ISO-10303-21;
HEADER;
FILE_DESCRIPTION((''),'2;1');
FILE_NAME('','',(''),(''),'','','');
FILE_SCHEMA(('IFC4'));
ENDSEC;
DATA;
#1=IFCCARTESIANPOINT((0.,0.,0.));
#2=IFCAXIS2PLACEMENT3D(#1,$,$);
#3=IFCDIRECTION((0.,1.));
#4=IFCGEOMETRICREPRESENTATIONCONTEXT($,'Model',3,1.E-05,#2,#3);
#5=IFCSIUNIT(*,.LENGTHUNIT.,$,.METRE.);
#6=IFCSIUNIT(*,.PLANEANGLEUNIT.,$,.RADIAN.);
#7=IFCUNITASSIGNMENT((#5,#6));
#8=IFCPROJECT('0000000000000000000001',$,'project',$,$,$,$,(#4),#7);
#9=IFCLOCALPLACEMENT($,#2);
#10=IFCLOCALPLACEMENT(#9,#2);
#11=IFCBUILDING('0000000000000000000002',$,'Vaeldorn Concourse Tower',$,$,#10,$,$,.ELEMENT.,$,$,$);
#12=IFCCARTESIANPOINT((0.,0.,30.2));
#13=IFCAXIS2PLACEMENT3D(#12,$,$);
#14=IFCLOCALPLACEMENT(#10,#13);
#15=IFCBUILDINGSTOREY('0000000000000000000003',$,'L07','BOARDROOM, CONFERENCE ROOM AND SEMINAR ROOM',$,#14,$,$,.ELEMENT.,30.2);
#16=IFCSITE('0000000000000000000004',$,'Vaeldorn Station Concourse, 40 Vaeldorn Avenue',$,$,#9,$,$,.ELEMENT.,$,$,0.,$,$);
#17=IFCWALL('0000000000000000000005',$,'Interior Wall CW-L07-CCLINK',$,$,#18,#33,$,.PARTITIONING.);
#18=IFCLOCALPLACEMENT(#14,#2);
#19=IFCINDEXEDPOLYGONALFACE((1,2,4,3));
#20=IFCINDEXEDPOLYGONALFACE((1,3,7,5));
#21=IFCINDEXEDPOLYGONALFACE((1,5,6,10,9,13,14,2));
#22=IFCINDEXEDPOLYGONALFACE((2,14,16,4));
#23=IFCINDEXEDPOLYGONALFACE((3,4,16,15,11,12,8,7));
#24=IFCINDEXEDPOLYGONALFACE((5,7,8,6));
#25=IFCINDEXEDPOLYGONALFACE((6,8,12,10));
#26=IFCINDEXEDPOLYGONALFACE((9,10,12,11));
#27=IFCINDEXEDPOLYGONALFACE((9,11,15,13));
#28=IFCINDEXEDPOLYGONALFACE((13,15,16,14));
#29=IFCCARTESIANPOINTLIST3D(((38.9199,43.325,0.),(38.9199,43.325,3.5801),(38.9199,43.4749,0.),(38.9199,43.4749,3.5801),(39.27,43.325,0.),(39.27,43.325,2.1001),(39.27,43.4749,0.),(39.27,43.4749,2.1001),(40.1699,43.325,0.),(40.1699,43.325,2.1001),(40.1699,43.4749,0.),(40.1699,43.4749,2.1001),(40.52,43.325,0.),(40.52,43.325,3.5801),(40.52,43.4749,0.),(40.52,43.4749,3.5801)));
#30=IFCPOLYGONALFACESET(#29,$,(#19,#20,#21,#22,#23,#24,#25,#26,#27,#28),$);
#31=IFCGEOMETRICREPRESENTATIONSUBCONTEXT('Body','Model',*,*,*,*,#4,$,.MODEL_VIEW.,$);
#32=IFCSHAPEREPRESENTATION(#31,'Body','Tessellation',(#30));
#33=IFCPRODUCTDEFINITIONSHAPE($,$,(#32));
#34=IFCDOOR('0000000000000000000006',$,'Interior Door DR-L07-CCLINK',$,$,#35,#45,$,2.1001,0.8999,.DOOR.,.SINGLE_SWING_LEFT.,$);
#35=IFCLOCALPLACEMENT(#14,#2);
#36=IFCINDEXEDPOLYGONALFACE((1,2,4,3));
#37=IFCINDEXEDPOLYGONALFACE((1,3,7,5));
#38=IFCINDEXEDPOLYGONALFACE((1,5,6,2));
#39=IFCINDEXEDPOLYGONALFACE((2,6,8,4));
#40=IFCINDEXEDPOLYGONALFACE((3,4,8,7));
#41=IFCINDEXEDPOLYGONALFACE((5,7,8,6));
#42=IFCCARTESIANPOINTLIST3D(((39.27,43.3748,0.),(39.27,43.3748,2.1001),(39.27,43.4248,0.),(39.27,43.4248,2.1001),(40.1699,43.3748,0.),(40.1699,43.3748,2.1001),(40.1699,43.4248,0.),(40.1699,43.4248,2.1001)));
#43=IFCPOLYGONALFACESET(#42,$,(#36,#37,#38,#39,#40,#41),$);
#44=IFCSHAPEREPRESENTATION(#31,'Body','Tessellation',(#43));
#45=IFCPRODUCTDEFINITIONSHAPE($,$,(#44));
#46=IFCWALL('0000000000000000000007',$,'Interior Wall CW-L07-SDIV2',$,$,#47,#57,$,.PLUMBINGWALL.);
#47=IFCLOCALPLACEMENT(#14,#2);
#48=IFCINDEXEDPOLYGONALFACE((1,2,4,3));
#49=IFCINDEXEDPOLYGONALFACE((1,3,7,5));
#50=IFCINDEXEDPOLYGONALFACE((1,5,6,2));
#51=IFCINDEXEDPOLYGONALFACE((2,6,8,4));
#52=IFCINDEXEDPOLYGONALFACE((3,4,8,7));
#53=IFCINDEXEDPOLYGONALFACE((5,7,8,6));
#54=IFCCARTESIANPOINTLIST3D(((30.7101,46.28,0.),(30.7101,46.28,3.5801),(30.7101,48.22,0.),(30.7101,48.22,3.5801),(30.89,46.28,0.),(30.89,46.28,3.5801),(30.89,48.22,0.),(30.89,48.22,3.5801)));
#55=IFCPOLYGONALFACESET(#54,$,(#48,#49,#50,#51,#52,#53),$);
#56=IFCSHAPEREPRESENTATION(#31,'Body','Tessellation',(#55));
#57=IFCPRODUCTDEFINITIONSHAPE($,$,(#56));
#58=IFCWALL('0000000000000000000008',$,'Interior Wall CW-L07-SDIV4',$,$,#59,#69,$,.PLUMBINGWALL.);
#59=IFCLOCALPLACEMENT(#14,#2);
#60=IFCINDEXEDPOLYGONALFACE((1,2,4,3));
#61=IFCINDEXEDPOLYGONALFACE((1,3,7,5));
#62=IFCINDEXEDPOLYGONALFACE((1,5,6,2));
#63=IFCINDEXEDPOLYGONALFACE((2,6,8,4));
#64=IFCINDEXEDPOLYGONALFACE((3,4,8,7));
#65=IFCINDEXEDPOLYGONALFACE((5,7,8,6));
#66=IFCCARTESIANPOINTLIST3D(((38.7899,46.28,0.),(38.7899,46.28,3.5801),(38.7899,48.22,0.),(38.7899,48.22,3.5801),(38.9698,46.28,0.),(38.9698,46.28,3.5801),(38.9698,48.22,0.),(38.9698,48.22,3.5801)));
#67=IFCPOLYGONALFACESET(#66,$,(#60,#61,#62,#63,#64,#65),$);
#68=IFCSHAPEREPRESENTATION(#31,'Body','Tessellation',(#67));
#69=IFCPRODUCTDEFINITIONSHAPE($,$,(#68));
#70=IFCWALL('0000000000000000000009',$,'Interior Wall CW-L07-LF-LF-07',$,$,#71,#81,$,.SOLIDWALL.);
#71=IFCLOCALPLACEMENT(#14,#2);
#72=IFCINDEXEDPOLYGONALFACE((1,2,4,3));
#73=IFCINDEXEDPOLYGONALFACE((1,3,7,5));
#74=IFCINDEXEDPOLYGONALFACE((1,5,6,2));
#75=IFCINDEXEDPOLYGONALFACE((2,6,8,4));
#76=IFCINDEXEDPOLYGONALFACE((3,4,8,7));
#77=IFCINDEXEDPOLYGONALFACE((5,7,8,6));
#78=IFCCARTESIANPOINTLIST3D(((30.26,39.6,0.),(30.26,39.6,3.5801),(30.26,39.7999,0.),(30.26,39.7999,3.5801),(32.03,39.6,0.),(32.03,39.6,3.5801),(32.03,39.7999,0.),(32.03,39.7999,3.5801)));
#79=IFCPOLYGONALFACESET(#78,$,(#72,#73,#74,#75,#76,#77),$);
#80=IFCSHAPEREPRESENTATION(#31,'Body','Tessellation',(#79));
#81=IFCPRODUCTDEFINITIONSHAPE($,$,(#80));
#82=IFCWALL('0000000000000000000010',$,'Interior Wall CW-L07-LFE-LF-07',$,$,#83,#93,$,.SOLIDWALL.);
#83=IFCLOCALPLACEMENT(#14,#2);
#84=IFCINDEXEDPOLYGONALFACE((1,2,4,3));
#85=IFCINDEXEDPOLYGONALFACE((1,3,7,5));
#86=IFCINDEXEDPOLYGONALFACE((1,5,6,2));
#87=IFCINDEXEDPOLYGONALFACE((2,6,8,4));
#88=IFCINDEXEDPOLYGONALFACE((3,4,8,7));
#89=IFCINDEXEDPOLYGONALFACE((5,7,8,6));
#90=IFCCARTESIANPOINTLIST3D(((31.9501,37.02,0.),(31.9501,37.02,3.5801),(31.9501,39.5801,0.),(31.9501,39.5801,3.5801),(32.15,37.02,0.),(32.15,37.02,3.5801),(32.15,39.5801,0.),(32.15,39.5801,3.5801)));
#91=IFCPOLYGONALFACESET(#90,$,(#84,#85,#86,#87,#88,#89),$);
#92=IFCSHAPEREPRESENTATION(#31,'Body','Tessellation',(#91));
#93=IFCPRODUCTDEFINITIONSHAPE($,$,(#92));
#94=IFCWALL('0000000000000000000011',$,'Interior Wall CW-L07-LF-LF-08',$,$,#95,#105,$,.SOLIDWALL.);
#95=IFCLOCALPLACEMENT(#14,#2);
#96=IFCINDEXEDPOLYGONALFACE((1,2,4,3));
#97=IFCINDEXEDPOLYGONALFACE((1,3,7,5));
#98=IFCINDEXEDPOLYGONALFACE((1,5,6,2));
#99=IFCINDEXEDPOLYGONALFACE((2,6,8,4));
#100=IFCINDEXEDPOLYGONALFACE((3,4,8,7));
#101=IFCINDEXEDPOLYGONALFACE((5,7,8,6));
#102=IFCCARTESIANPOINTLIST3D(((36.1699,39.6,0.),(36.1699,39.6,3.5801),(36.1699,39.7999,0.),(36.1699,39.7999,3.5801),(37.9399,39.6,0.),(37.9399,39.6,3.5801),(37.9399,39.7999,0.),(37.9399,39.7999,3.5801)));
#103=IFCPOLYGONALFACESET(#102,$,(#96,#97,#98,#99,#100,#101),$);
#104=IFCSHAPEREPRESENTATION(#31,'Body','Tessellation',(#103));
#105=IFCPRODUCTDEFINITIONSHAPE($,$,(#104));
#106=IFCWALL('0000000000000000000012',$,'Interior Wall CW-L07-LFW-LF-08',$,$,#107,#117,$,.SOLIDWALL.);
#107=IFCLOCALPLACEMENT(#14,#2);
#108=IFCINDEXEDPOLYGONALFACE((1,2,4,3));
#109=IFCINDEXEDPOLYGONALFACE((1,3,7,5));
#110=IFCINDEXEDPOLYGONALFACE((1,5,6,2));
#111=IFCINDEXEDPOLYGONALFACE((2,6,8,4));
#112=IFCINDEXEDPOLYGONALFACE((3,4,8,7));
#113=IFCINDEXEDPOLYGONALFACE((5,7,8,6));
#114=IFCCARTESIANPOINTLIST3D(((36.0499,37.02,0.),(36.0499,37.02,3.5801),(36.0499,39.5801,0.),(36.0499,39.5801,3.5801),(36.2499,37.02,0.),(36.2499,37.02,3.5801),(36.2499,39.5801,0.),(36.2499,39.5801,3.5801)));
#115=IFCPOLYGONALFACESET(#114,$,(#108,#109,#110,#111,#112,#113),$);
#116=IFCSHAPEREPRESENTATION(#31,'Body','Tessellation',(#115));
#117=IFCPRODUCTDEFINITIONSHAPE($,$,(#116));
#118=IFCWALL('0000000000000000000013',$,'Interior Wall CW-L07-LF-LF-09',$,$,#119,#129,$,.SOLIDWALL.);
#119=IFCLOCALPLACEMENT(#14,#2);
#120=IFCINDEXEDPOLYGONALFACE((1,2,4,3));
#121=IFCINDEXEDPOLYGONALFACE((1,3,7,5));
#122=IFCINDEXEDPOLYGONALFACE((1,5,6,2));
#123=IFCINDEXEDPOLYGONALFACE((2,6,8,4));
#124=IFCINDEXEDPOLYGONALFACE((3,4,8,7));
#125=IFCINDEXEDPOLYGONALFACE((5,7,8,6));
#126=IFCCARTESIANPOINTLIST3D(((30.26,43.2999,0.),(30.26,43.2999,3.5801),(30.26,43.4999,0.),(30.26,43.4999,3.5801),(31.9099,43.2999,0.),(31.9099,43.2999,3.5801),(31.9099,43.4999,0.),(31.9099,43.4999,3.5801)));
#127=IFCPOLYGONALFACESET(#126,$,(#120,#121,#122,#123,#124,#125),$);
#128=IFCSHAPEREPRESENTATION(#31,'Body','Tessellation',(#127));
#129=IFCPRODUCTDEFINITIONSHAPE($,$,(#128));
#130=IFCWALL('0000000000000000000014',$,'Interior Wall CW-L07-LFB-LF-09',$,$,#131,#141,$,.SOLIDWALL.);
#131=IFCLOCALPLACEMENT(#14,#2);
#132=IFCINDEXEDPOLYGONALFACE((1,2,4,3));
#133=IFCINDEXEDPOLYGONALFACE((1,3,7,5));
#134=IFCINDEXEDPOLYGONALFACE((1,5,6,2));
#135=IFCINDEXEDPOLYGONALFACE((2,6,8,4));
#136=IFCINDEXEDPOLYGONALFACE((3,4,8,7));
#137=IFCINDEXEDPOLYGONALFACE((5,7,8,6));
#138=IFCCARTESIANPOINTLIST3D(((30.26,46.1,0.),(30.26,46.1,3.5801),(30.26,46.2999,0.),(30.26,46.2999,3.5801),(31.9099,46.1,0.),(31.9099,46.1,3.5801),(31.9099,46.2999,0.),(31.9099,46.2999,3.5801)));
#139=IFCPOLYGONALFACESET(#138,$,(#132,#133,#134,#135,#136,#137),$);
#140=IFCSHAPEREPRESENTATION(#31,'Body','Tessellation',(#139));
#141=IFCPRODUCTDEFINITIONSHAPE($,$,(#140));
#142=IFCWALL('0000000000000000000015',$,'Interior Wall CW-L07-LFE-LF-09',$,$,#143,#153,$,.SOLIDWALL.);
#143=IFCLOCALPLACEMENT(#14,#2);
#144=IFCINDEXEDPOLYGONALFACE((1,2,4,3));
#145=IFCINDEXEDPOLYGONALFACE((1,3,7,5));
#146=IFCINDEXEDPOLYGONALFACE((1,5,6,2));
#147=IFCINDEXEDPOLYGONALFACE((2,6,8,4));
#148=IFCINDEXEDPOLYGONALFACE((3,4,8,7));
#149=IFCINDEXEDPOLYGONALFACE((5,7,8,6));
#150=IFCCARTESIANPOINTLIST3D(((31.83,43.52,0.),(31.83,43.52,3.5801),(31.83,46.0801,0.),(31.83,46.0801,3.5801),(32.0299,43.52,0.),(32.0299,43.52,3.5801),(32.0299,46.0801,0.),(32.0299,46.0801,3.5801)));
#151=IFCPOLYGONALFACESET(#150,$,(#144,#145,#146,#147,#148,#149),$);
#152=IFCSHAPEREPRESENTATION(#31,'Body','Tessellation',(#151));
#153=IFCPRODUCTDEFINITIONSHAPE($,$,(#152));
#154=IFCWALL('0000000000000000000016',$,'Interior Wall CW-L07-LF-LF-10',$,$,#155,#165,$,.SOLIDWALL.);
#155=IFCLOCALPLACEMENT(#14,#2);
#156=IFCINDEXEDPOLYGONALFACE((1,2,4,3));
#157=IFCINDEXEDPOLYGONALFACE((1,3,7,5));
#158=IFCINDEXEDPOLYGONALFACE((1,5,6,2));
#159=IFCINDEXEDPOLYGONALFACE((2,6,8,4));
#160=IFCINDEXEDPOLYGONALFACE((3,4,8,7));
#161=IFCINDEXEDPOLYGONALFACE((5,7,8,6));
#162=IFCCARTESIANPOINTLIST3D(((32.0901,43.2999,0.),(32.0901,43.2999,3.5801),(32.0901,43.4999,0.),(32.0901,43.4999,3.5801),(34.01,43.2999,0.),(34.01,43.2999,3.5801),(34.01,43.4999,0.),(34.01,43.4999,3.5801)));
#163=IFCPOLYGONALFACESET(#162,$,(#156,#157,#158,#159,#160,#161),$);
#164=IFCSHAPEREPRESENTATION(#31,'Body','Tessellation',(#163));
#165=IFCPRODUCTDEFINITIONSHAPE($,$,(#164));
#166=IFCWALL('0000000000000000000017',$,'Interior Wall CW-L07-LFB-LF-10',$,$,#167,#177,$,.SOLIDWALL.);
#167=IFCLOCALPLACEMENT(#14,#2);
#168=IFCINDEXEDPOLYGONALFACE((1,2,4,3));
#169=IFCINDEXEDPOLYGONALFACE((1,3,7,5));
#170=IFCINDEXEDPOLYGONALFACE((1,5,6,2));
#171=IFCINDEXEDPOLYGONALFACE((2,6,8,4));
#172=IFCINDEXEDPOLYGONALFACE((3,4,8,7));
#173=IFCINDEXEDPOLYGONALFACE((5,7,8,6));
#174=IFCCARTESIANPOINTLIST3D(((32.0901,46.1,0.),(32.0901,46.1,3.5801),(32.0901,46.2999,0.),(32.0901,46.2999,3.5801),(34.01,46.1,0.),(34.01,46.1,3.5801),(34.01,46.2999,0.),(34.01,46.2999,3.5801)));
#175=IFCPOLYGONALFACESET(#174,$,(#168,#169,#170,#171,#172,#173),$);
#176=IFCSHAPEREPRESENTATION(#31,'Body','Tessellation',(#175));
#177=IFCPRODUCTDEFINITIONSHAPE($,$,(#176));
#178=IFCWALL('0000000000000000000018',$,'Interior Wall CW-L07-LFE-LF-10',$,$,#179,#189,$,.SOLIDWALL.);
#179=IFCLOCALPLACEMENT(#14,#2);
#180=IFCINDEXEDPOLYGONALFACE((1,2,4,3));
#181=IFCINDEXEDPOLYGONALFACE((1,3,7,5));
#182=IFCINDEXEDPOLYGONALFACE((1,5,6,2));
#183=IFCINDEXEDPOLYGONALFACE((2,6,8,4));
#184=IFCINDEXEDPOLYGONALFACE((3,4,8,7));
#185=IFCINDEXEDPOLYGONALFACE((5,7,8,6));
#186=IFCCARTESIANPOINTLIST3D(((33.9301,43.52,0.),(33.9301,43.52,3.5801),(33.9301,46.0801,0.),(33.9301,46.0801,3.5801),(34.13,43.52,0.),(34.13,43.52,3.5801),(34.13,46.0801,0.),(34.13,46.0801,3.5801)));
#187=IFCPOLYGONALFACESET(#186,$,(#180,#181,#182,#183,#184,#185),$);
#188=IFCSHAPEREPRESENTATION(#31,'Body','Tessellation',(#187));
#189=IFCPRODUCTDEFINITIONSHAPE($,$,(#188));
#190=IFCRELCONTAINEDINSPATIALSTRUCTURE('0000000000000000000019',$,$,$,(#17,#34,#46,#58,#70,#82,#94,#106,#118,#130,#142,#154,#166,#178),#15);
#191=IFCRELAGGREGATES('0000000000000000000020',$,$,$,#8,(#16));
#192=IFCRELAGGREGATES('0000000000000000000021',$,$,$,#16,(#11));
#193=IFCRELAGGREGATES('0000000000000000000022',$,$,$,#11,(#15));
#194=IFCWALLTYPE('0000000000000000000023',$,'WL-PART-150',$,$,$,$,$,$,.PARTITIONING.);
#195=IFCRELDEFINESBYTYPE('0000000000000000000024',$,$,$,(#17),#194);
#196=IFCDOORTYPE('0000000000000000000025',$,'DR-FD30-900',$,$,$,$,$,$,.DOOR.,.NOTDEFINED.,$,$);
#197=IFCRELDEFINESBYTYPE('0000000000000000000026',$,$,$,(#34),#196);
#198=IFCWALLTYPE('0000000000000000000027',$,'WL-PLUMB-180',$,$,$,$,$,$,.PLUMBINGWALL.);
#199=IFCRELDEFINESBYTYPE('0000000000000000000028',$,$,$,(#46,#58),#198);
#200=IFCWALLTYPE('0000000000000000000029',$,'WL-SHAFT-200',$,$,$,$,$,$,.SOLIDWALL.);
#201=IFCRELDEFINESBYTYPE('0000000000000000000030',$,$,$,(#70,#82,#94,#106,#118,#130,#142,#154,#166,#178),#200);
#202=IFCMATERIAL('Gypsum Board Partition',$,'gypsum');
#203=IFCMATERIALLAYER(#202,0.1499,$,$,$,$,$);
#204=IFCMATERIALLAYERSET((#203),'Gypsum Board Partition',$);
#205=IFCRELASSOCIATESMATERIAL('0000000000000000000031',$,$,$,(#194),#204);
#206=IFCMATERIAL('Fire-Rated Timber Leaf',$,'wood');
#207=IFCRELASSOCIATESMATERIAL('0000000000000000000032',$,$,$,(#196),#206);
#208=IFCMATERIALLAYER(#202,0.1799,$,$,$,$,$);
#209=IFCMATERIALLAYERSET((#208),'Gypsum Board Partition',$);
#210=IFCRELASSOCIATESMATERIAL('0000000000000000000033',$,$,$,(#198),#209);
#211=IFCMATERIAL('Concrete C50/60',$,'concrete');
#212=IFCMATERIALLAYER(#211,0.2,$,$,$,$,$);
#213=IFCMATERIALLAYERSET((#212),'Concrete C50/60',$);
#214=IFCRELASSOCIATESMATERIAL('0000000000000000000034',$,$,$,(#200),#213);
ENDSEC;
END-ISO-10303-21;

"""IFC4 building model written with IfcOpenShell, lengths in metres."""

from ifc_helpers import new_model, si_unit, direction, frame, frame_2d, origin, place, context, subcontext, project, spatial, rectangle, extrude, source, transform, mapped, material, layer, layer_set, type_object, element, fill, save


model = new_model("IFC4")

# Units and contexts
model_context = context("Model", 3, precision=1e-05, world=origin(), true_north=direction((0.0, 1.0)))
body_context = subcontext(model_context, "Body", "Model", "MODEL_VIEW")
ifc_project = project(units=[si_unit("LENGTHUNIT", "METRE"), si_unit("PLANEANGLEUNIT", "RADIAN")], contexts=[model_context])

# Site, building, storey
site_placement = place(None, origin())
site = spatial("IfcSite", under=ifc_project, at=site_placement, Name="Vaeldorn Station Concourse, 40 Vaeldorn Avenue", CompositionType="ELEMENT", RefElevation=0.0)
building_placement = place(site_placement, origin())
building = spatial("IfcBuilding", under=site, at=building_placement, Name="Vaeldorn Concourse Tower", CompositionType="ELEMENT")
storey_placement = place(building_placement, frame((0.0, 0.0, 30.2)))
storey = spatial("IfcBuildingStorey", under=building, at=storey_placement, Name="L07", Description="BOARDROOM, CONFERENCE ROOM AND SEMINAR ROOM", CompositionType="ELEMENT", Elevation=30.2)

# Wall, opening, door
ifc_material_1 = material(Name="Gypsum Board Partition", Category="gypsum")
ifc_layer_1 = layer(ifc_material_1, 0.1499)
ifc_layer_set_1 = layer_set([ifc_layer_1], Name="Gypsum Board Partition")
wall_type_1 = type_object("IfcWallType", Name="WL-PART-150", PredefinedType="PARTITIONING", material=ifc_layer_set_1)
wall_1_placement = place(storey_placement, frame((38.9199, 43.3999, 0.0), z_axis=(0.0, 0.0, 1.0), x_axis=(1.0, 0.0, 0.0)))
wall_1 = element("IfcWall", 1, at=wall_1_placement, inside=storey, type_object=wall_type_1, Name="Interior Wall CW-L07-CCLINK", PredefinedType="PARTITIONING", context=body_context, shape_type="SweptSolid", body=[
    extrude(rectangle(XDim=1.6001, YDim=0.1499, at=frame_2d((0.8, 0.0))), origin(), (0.0, 0.0, 1.0), 3.5801),
])
opening_placement = place(wall_1_placement, frame((0.3501, 0.0, 0.0)))
opening = element("IfcOpeningElement", 2, at=opening_placement, cuts=wall_1, PredefinedType="OPENING", context=body_context, shape_type="SweptSolid", body=[
    extrude(rectangle(XDim=0.8999, YDim=2.1001, at=frame_2d((0.45, 1.05))), frame((0.0, 0.085, 0.0), z_axis=(0.0, -1.0, 0.0), x_axis=(1.0, 0.0, 0.0)), (0.0, 0.0, 1.0), 0.1699),
])
ifc_material_2 = material(Name="Fire-Rated Timber Leaf", Category="wood")
door_type = type_object("IfcDoorType", Name="DR-FD30-900", OperationType="NOTDEFINED", PredefinedType="DOOR", material=ifc_material_2)
shared_shape_1 = source(origin(), body_context, "Body", "SweptSolid", [
    extrude(rectangle(XDim=0.8999, YDim=2.1001, at=frame_2d((0.45, 1.05))), frame((0.0, 0.0249, 0.0), z_axis=(0.0, -1.0, 0.0), x_axis=(1.0, 0.0, 0.0)), (0.0, 0.0, 1.0), 0.05),
])
door_placement = place(opening_placement, origin())
door = element("IfcDoor", 3, at=door_placement, inside=storey, type_object=door_type, Name="Interior Door DR-L07-CCLINK", OperationType="SINGLE_SWING_LEFT", OverallHeight=2.1001, OverallWidth=0.8999, PredefinedType="DOOR", context=body_context, shape_type="MappedRepresentation", body=[
    mapped(shared_shape_1, transform((0.0, 0.0, 0.0), scale=1.0)),
])
fill(opening, door)

# Walls
ifc_layer_2 = layer(ifc_material_1, 0.1799)
ifc_layer_set_2 = layer_set([ifc_layer_2], Name="Gypsum Board Partition")
wall_type_2 = type_object("IfcWallType", Name="WL-PLUMB-180", PredefinedType="PLUMBINGWALL", material=ifc_layer_set_2)
for number, where, z_axis, x_axis, name in (
    (4, (30.8, 46.28, 0.0), (0.0, 0.0, 1.0), (0.0, 1.0, 0.0), "Interior Wall CW-L07-SDIV2"),
    (5, (38.8799, 46.28, 0.0), (0.0, 0.0, 1.0), (0.0, 1.0, 0.0), "Interior Wall CW-L07-SDIV4"),
):
    element("IfcWall", number, at=place(storey_placement, frame(where, z_axis=z_axis, x_axis=x_axis)), inside=storey, type_object=wall_type_2, Name=name, PredefinedType="PLUMBINGWALL", context=body_context, shape_type="SweptSolid", body=[
        extrude(rectangle(XDim=1.9399, YDim=0.1799, at=frame_2d((0.97, 0.0))), origin(), (0.0, 0.0, 1.0), 3.5801),
    ])
ifc_material_3 = material(Name="Concrete C50/60", Category="concrete")
ifc_layer_3 = layer(ifc_material_3, 0.2)
ifc_layer_set_3 = layer_set([ifc_layer_3], Name="Concrete C50/60")
wall_type_3 = type_object("IfcWallType", Name="WL-SHAFT-200", PredefinedType="SOLIDWALL", material=ifc_layer_set_3)
wall_2_placement = place(storey_placement, frame((30.26, 39.7, 0.0), z_axis=(0.0, 0.0, 1.0), x_axis=(1.0, 0.0, 0.0)))
element("IfcWall", 6, at=wall_2_placement, inside=storey, type_object=wall_type_3, Name="Interior Wall CW-L07-LF-LF-07", PredefinedType="SOLIDWALL", context=body_context, shape_type="SweptSolid", body=[
    extrude(rectangle(XDim=1.77, YDim=0.2, at=frame_2d((0.885, 0.0))), origin(), (0.0, 0.0, 1.0), 3.5801),
])
wall_3_placement = place(storey_placement, frame((32.05, 37.02, 0.0), z_axis=(0.0, 0.0, 1.0), x_axis=(0.0, 1.0, 0.0)))
element("IfcWall", 7, at=wall_3_placement, inside=storey, type_object=wall_type_3, Name="Interior Wall CW-L07-LFE-LF-07", PredefinedType="SOLIDWALL", context=body_context, shape_type="SweptSolid", body=[
    extrude(rectangle(XDim=2.5601, YDim=0.2, at=frame_2d((1.28, 0.0))), origin(), (0.0, 0.0, 1.0), 3.5801),
])
wall_4_placement = place(storey_placement, frame((36.1699, 39.7, 0.0), z_axis=(0.0, 0.0, 1.0), x_axis=(1.0, 0.0, 0.0)))
element("IfcWall", 8, at=wall_4_placement, inside=storey, type_object=wall_type_3, Name="Interior Wall CW-L07-LF-LF-08", PredefinedType="SOLIDWALL", context=body_context, shape_type="SweptSolid", body=[
    extrude(rectangle(XDim=1.77, YDim=0.2, at=frame_2d((0.885, 0.0))), origin(), (0.0, 0.0, 1.0), 3.5801),
])
wall_5_placement = place(storey_placement, frame((36.1499, 37.02, 0.0), z_axis=(0.0, 0.0, 1.0), x_axis=(0.0, 1.0, 0.0)))
element("IfcWall", 9, at=wall_5_placement, inside=storey, type_object=wall_type_3, Name="Interior Wall CW-L07-LFW-LF-08", PredefinedType="SOLIDWALL", context=body_context, shape_type="SweptSolid", body=[
    extrude(rectangle(XDim=2.5601, YDim=0.2, at=frame_2d((1.28, 0.0))), origin(), (0.0, 0.0, 1.0), 3.5801),
])
for number, where, z_axis, x_axis, name in (
    (10, (30.26, 43.3999, 0.0), (0.0, 0.0, 1.0), (1.0, 0.0, 0.0), "Interior Wall CW-L07-LF-LF-09"),
    (11, (30.26, 46.2, 0.0), (0.0, 0.0, 1.0), (1.0, 0.0, 0.0), "Interior Wall CW-L07-LFB-LF-09"),
):
    element("IfcWall", number, at=place(storey_placement, frame(where, z_axis=z_axis, x_axis=x_axis)), inside=storey, type_object=wall_type_3, Name=name, PredefinedType="SOLIDWALL", context=body_context, shape_type="SweptSolid", body=[
        extrude(rectangle(XDim=1.6499, YDim=0.2, at=frame_2d((0.825, 0.0))), origin(), (0.0, 0.0, 1.0), 3.5801),
    ])
wall_6_placement = place(storey_placement, frame((31.9299, 43.52, 0.0), z_axis=(0.0, 0.0, 1.0), x_axis=(0.0, 1.0, 0.0)))
element("IfcWall", 12, at=wall_6_placement, inside=storey, type_object=wall_type_3, Name="Interior Wall CW-L07-LFE-LF-09", PredefinedType="SOLIDWALL", context=body_context, shape_type="SweptSolid", body=[
    extrude(rectangle(XDim=2.5601, YDim=0.2, at=frame_2d((1.28, 0.0))), origin(), (0.0, 0.0, 1.0), 3.5801),
])
for number, where, z_axis, x_axis, name in (
    (13, (32.0901, 43.3999, 0.0), (0.0, 0.0, 1.0), (1.0, 0.0, 0.0), "Interior Wall CW-L07-LF-LF-10"),
    (14, (32.0901, 46.2, 0.0), (0.0, 0.0, 1.0), (1.0, 0.0, 0.0), "Interior Wall CW-L07-LFB-LF-10"),
):
    element("IfcWall", number, at=place(storey_placement, frame(where, z_axis=z_axis, x_axis=x_axis)), inside=storey, type_object=wall_type_3, Name=name, PredefinedType="SOLIDWALL", context=body_context, shape_type="SweptSolid", body=[
        extrude(rectangle(XDim=1.9199, YDim=0.2, at=frame_2d((0.96, 0.0))), origin(), (0.0, 0.0, 1.0), 3.5801),
    ])
wall_7_placement = place(storey_placement, frame((34.03, 43.52, 0.0), z_axis=(0.0, 0.0, 1.0), x_axis=(0.0, 1.0, 0.0)))
element("IfcWall", 15, at=wall_7_placement, inside=storey, type_object=wall_type_3, Name="Interior Wall CW-L07-LFE-LF-10", PredefinedType="SOLIDWALL", context=body_context, shape_type="SweptSolid", body=[
    extrude(rectangle(XDim=2.5601, YDim=0.2, at=frame_2d((1.28, 0.0))), origin(), (0.0, 0.0, 1.0), 3.5801),
])

save(model, "model.ifc")
